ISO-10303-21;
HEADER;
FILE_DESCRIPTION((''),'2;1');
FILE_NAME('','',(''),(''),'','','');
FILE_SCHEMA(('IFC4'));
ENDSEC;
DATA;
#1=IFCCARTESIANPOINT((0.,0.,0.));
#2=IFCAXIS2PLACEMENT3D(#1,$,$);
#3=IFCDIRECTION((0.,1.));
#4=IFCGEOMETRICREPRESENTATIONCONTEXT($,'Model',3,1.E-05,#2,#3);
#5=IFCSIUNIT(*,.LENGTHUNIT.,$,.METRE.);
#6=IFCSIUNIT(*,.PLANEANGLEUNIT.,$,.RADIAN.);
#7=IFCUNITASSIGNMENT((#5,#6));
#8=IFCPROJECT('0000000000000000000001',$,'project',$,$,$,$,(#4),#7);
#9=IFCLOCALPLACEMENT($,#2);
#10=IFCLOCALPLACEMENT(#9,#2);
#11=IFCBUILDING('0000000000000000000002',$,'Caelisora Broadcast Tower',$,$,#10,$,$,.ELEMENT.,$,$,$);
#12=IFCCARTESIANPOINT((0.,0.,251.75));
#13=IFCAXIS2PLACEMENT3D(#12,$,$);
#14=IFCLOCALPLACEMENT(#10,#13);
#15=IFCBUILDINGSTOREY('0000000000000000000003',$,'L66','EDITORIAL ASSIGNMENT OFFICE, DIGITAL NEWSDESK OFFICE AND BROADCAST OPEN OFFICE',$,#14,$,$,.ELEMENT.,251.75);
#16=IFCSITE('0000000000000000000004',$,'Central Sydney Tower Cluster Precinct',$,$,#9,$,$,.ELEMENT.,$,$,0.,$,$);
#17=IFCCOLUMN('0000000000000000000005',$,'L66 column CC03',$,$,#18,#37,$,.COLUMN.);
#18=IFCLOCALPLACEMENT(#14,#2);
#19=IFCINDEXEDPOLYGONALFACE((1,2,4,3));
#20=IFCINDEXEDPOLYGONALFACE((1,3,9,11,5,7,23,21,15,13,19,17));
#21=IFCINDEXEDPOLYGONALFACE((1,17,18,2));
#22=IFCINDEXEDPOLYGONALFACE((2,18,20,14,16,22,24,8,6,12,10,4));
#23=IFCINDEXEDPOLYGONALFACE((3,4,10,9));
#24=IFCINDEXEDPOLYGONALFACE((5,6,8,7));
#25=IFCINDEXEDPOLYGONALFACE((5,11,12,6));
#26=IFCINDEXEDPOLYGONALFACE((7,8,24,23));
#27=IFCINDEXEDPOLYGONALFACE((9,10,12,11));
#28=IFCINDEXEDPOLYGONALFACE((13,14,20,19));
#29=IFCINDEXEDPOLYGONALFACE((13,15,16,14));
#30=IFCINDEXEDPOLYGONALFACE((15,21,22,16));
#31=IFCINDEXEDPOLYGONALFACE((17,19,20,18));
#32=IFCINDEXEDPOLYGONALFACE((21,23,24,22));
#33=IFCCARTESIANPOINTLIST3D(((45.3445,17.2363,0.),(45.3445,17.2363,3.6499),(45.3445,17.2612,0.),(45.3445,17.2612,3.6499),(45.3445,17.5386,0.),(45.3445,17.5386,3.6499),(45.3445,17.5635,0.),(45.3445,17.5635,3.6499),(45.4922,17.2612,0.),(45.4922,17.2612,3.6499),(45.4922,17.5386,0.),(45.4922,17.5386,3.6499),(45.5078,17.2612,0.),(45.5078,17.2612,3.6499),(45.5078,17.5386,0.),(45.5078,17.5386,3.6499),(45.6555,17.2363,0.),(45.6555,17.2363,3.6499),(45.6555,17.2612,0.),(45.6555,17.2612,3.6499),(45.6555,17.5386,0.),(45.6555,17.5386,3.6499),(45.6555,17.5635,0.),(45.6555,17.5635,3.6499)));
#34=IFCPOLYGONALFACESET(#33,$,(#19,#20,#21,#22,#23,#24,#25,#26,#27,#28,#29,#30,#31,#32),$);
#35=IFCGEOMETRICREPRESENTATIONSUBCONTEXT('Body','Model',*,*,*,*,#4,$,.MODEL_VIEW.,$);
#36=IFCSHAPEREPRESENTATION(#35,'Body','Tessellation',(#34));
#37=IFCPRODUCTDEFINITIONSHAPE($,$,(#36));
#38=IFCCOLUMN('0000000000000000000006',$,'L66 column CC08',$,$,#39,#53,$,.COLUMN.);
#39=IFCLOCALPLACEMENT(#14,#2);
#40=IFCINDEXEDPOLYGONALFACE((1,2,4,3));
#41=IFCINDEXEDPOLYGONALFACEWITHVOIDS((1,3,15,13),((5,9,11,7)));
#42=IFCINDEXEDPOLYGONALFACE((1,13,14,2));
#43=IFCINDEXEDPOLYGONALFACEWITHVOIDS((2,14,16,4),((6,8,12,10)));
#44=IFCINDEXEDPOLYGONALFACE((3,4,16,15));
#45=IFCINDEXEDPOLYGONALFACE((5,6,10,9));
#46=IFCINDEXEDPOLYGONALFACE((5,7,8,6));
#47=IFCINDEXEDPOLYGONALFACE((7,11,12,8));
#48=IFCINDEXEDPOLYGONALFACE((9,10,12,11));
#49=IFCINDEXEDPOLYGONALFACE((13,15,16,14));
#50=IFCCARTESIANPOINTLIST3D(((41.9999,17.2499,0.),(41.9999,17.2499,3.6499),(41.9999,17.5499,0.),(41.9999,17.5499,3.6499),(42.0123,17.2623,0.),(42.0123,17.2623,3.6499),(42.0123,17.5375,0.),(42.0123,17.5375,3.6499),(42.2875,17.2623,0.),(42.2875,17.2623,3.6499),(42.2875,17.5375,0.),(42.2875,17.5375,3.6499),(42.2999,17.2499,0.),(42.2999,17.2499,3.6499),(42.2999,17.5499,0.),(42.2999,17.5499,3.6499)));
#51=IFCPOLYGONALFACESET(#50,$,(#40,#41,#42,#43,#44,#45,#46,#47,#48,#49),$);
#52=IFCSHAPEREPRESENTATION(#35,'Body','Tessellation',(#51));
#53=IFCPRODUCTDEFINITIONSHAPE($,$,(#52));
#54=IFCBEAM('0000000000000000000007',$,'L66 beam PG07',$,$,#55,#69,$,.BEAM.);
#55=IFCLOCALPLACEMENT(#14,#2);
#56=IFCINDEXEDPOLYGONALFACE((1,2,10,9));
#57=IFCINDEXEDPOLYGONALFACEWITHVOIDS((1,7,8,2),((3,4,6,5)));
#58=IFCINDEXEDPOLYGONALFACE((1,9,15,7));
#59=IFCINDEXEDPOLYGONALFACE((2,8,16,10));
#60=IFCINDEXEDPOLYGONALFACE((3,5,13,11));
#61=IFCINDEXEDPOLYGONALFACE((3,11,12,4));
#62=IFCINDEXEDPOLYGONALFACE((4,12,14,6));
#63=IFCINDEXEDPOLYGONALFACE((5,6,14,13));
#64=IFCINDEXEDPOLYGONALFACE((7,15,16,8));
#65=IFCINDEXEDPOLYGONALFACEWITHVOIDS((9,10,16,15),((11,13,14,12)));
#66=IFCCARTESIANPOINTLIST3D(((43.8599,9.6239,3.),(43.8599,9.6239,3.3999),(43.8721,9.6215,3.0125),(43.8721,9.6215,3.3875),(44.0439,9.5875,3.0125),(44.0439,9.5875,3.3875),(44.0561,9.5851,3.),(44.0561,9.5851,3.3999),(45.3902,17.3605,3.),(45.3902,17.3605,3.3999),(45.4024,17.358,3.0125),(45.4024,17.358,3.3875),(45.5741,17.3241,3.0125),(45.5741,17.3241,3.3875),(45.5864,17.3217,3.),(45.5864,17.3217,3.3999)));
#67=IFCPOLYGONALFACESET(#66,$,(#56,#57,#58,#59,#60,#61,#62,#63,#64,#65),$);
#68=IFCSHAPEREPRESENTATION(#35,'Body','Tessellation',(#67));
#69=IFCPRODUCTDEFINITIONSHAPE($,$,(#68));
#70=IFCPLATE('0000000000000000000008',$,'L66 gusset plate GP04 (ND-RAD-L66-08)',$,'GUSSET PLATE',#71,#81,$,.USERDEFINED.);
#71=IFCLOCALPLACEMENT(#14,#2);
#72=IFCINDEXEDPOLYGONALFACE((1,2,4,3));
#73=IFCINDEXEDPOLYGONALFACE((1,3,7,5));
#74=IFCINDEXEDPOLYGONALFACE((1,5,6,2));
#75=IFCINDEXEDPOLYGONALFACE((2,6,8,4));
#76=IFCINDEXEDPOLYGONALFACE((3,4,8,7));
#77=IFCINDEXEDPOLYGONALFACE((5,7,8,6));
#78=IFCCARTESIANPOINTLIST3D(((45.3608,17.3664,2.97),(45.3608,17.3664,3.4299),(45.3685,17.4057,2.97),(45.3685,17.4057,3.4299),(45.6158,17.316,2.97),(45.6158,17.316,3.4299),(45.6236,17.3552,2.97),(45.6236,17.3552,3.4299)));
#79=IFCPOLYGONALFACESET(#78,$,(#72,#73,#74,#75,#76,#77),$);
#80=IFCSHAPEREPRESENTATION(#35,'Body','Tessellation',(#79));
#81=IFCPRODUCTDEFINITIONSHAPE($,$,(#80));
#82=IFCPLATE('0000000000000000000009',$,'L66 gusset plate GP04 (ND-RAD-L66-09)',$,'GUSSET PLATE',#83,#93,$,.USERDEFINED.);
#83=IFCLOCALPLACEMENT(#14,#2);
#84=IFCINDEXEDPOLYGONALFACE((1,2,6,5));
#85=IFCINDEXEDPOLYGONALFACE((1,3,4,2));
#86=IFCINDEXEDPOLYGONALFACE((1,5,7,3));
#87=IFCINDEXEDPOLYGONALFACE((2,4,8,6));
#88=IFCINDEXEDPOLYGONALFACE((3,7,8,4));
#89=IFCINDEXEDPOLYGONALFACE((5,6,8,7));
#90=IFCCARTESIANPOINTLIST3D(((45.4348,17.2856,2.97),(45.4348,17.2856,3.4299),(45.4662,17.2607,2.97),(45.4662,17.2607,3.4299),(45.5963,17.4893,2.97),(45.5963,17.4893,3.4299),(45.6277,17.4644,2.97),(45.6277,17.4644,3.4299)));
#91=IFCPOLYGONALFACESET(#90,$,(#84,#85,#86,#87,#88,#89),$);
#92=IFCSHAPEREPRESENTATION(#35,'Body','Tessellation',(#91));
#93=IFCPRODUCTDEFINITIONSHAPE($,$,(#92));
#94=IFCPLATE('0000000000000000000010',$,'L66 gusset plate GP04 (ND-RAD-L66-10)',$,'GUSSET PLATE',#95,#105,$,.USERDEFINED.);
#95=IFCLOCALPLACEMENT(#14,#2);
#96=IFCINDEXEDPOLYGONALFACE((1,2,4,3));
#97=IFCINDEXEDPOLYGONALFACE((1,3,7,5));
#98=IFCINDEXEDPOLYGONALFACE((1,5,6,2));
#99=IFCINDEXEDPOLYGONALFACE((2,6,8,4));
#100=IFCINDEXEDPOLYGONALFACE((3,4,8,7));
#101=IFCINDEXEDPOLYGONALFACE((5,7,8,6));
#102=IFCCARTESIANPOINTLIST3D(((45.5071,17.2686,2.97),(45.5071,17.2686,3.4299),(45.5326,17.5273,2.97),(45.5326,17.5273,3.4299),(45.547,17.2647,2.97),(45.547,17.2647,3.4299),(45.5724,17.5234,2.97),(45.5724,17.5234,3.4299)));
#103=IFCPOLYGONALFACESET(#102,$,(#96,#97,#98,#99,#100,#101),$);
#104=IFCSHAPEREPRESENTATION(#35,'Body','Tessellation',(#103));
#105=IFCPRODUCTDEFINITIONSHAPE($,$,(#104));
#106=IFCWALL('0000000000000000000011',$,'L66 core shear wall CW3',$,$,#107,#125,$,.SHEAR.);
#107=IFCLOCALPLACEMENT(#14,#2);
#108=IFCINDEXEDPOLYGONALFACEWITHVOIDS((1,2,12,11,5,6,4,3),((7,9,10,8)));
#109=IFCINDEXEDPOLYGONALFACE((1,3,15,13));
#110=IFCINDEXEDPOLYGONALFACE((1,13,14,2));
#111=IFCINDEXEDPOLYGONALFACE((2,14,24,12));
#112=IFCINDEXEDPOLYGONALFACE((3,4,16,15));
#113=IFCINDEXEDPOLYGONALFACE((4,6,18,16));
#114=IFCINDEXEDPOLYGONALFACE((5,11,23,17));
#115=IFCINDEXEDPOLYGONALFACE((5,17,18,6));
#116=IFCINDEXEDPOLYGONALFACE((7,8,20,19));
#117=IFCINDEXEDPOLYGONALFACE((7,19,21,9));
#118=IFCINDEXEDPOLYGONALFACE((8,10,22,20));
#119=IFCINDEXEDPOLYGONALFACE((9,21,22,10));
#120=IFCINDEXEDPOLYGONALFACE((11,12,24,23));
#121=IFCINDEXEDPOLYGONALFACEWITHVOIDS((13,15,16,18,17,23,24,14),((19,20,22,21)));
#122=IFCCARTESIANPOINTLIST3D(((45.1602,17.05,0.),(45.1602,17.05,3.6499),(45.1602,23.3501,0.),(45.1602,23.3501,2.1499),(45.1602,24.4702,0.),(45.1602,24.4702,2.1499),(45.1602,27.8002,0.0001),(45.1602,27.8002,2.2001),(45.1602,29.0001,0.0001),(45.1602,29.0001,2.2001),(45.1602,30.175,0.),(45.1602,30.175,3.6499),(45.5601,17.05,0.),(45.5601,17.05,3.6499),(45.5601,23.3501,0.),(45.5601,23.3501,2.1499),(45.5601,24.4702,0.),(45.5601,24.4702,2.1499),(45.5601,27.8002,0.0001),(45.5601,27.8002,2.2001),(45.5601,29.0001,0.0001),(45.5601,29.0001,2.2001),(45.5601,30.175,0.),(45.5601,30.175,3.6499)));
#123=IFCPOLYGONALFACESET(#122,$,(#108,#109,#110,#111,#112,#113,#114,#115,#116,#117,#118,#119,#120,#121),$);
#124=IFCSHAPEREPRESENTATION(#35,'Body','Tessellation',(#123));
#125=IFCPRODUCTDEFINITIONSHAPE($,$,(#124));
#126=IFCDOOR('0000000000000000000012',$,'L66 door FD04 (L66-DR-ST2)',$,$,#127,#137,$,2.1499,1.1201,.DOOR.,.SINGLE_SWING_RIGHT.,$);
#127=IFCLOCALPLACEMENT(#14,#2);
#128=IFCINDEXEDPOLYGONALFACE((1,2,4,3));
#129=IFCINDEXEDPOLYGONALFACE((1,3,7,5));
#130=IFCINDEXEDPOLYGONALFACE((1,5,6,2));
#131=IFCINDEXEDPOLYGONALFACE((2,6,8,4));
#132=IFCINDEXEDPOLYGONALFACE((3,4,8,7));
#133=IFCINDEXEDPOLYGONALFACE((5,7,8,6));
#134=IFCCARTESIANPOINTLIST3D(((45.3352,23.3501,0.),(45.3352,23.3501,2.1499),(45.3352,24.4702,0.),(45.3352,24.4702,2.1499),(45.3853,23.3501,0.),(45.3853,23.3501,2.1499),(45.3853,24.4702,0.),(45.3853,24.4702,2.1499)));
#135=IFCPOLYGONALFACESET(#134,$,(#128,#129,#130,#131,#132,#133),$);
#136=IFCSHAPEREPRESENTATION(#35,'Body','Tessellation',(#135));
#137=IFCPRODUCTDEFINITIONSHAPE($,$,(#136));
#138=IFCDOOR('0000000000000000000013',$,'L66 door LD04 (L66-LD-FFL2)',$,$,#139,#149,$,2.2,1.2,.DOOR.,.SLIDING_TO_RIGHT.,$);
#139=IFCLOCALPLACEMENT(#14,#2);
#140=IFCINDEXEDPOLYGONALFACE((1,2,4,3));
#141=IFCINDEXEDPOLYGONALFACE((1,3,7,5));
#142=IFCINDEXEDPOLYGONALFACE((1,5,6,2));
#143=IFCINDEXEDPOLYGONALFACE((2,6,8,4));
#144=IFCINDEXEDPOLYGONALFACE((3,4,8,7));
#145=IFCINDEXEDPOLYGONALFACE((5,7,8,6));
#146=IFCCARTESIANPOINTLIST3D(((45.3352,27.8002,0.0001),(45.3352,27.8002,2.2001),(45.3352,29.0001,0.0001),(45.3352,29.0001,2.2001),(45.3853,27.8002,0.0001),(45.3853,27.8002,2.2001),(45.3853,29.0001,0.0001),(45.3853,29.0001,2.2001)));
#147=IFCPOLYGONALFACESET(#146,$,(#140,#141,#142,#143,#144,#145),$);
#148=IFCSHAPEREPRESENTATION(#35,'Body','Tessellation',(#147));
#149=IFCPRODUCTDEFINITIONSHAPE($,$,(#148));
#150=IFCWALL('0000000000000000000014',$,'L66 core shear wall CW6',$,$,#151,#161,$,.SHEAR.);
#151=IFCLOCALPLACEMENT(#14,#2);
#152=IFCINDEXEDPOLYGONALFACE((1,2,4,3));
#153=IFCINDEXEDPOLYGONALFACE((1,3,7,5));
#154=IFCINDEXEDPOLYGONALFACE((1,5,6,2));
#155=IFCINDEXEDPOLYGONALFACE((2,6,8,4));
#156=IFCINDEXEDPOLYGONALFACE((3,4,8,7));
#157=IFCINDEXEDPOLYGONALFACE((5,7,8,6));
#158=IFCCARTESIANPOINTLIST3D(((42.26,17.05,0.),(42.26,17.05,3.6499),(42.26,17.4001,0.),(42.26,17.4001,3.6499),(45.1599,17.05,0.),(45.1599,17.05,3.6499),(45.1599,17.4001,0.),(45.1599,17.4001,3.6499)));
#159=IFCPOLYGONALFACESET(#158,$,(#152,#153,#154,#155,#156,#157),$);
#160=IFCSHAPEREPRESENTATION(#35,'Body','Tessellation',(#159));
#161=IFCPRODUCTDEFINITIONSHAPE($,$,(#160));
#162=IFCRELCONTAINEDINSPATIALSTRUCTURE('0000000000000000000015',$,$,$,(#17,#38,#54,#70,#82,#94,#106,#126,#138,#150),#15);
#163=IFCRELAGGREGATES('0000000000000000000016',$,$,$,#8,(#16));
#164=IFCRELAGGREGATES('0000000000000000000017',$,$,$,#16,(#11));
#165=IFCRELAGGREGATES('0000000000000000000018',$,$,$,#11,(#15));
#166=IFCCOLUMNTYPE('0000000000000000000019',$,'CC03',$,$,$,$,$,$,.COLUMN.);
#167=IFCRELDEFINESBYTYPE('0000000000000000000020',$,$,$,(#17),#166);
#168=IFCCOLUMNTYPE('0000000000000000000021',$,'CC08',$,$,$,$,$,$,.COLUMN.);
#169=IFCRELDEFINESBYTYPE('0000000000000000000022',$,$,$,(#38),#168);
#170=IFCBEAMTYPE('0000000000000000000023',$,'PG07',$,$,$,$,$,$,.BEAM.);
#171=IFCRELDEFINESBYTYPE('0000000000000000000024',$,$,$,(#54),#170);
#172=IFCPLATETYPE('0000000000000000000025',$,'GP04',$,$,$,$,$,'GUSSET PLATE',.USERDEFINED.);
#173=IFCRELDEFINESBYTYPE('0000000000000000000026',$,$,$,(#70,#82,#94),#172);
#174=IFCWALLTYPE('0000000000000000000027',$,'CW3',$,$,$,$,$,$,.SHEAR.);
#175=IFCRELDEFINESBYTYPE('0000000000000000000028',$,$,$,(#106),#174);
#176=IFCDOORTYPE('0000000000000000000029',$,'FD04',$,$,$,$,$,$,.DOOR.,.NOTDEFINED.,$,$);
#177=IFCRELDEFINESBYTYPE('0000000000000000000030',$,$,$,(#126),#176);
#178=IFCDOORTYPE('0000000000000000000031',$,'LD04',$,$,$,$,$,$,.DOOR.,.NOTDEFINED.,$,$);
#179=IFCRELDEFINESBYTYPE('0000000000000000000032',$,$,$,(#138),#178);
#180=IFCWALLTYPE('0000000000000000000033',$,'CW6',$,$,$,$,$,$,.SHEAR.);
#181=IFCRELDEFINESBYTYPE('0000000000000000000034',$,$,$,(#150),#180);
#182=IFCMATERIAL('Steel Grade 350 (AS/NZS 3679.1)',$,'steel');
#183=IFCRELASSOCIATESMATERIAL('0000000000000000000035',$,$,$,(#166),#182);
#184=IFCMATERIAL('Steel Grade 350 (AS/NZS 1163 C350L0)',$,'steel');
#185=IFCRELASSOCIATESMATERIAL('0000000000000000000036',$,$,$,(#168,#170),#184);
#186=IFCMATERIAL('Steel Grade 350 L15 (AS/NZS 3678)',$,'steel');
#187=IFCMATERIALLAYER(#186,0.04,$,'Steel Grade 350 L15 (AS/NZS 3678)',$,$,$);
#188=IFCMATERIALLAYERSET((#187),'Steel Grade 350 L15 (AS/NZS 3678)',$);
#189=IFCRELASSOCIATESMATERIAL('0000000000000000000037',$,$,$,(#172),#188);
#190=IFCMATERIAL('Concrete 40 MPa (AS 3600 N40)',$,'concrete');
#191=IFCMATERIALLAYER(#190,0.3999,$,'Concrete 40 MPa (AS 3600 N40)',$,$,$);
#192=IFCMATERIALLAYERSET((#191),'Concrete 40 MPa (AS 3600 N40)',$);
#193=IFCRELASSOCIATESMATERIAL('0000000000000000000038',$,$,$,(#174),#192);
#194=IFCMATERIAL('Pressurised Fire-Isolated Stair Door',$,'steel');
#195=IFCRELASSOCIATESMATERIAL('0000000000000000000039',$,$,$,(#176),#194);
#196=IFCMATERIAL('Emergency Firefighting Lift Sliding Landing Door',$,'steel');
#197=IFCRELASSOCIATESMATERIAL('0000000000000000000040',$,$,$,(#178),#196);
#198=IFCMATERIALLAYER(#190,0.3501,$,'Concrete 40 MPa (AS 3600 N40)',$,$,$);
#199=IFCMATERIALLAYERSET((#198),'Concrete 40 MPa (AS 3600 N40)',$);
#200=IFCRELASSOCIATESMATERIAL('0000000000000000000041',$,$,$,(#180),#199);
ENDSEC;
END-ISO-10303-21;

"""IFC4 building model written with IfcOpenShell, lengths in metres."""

from ifc_helpers import new_model, si_unit, direction, frame, frame_2d, origin, origin_2d, place, context, subcontext, project, spatial, rectangle, hollow_rectangle, i_section, extrude, source, transform, mapped, material, layer, layer_set, material_profile, profile_set, type_object, type_shapes, element, fill, save


model = new_model("IFC4")

# Units and contexts
model_context = context("Model", 3, precision=1e-05, world=origin(), true_north=direction((0.0, 1.0)))
body_context = subcontext(model_context, "Body", "Model", "MODEL_VIEW")
ifc_project = project(units=[si_unit("LENGTHUNIT", "METRE"), si_unit("PLANEANGLEUNIT", "RADIAN")], contexts=[model_context])

# Site, building, storey
site_placement = place(None, origin())
site = spatial("IfcSite", under=ifc_project, at=site_placement, Name="Central Sydney Tower Cluster Precinct", CompositionType="ELEMENT", RefElevation=0.0)
building_placement = place(site_placement, origin())
building = spatial("IfcBuilding", under=site, at=building_placement, Name="Caelisora Broadcast Tower", CompositionType="ELEMENT")
storey_placement = place(building_placement, frame((0.0, 0.0, 251.75)))
storey = spatial("IfcBuildingStorey", under=building, at=storey_placement, Name="L66", Description="EDITORIAL ASSIGNMENT OFFICE, DIGITAL NEWSDESK OFFICE AND BROADCAST OPEN OFFICE", CompositionType="ELEMENT", Elevation=251.75)

# Columns
ifc_material_1 = material(Name="Steel Grade 350 (AS/NZS 3679.1)", Category="steel")
ifc_material_profile_1 = material_profile(ifc_material_1, i_section(OverallWidth=0.311, OverallDepth=0.3271, WebThickness=0.0156, FlangeThickness=0.0249, at=origin_2d()), Name="Steel Grade 350 (AS/NZS 3679.1)")
ifc_profile_set_1 = profile_set([ifc_material_profile_1], Name="Steel Grade 350 (AS/NZS 3679.1)")
column_type_1 = type_object("IfcColumnType", Name="CC03", PredefinedType="COLUMN", material=ifc_profile_set_1)
shared_shape_1 = source(origin(), body_context, "Body", "SweptSolid", [
    extrude(i_section(OverallWidth=0.311, OverallDepth=0.3271, WebThickness=0.0156, FlangeThickness=0.0249, at=origin_2d()), origin(), (0.0, 0.0, 1.0), 3.6499),
])
type_shapes(column_type_1, [shared_shape_1])
column_1_placement = place(storey_placement, frame((45.5, 17.3999, 0.0), z_axis=(0.0, 0.0, 1.0), x_axis=(1.0, 0.0, 0.0)))
element("IfcColumn", 1, at=column_1_placement, inside=storey, type_object=column_type_1, Name="L66 column CC03", PredefinedType="COLUMN", context=body_context, shape_type="MappedRepresentation", body=[
    mapped(shared_shape_1, transform((0.0, 0.0, 0.0), scale=1.0)),
])
ifc_material_2 = material(Name="Steel Grade 350 (AS/NZS 1163 C350L0)", Category="steel")
ifc_material_profile_2 = material_profile(ifc_material_2, hollow_rectangle(XDim=0.3, YDim=0.3, WallThickness=0.0125, at=origin_2d()), Name="Steel Grade 350 (AS/NZS 1163 C350L0)")
ifc_profile_set_2 = profile_set([ifc_material_profile_2], Name="Steel Grade 350 (AS/NZS 1163 C350L0)")
column_type_2 = type_object("IfcColumnType", Name="CC08", PredefinedType="COLUMN", material=ifc_profile_set_2)
shared_shape_2 = source(origin(), body_context, "Body", "SweptSolid", [
    extrude(hollow_rectangle(XDim=0.3, YDim=0.3, WallThickness=0.0125, at=origin_2d()), origin(), (0.0, 0.0, 1.0), 3.6499),
])
type_shapes(column_type_2, [shared_shape_2])
column_2_placement = place(storey_placement, frame((42.1499, 17.3999, 0.0), z_axis=(0.0, 0.0, 1.0), x_axis=(1.0, 0.0, 0.0)))
element("IfcColumn", 2, at=column_2_placement, inside=storey, type_object=column_type_2, Name="L66 column CC08", PredefinedType="COLUMN", context=body_context, shape_type="MappedRepresentation", body=[
    mapped(shared_shape_2, transform((0.0, 0.0, 0.0), scale=1.0)),
])

# Beam
ifc_material_profile_3 = material_profile(ifc_material_2, hollow_rectangle(XDim=0.2, YDim=0.3999, WallThickness=0.0125, at=origin_2d()), Name="Steel Grade 350 (AS/NZS 1163 C350L0)")
ifc_profile_set_3 = profile_set([ifc_material_profile_3], Name="Steel Grade 350 (AS/NZS 1163 C350L0)")
beam_type = type_object("IfcBeamType", Name="PG07", PredefinedType="BEAM", material=ifc_profile_set_3)
shared_shape_3 = source(origin(), body_context, "Body", "SweptSolid", [
    extrude(hollow_rectangle(XDim=0.2, YDim=0.3999, WallThickness=0.0125, at=origin_2d()), origin(), (0.0, 0.0, 1.0), 7.8865),
])
type_shapes(beam_type, [shared_shape_3])
beam_placement = place(storey_placement, frame((45.4883, 17.3411, 3.2), z_axis=(-0.194038, -0.980994, 0.0), x_axis=(0.980994, -0.194038, 0.0)))
element("IfcBeam", 3, at=beam_placement, inside=storey, type_object=beam_type, Name="L66 beam PG07", PredefinedType="BEAM", context=body_context, shape_type="MappedRepresentation", body=[
    mapped(shared_shape_3, transform((0.0, 0.0, 0.0), scale=1.0)),
])

# Plates
ifc_material_3 = material(Name="Steel Grade 350 L15 (AS/NZS 3678)", Category="steel")
ifc_layer_1 = layer(ifc_material_3, 0.04, Name="Steel Grade 350 L15 (AS/NZS 3678)")
ifc_layer_set_1 = layer_set([ifc_layer_1], Name="Steel Grade 350 L15 (AS/NZS 3678)")
plate_type = type_object("IfcPlateType", Name="GP04", ElementType="GUSSET PLATE", PredefinedType="USERDEFINED", material=ifc_layer_set_1)
shared_shape_4 = source(origin(), body_context, "Body", "SweptSolid", [
    extrude(rectangle(XDim=0.26, YDim=0.04, at=origin_2d()), origin(), (0.0, 0.0, 1.0), 0.46),
])
type_shapes(plate_type, [shared_shape_4])
for number, where, z_axis, x_axis, name in (
    (4, (45.4922, 17.3608, 2.97), (0.0, 0.0, 1.0), (0.980989, -0.194063, 0.0), "L66 gusset plate GP04 (ND-RAD-L66-08)"),
    (5, (45.5312, 17.375, 2.97), (0.0, 0.0, 1.0), (0.621285, 0.783585, 0.0), "L66 gusset plate GP04 (ND-RAD-L66-09)"),
    (6, (45.5398, 17.396, 2.97), (0.0, 0.0, 1.0), (0.09793, 0.995193, 0.0), "L66 gusset plate GP04 (ND-RAD-L66-10)"),
):
    element("IfcPlate", number, at=place(storey_placement, frame(where, z_axis=z_axis, x_axis=x_axis)), inside=storey, type_object=plate_type, Name=name, ObjectType="GUSSET PLATE", PredefinedType="USERDEFINED", context=body_context, shape_type="MappedRepresentation", body=[
        mapped(shared_shape_4, transform((0.0, 0.0, 0.0), scale=1.0)),
    ])

# Wall, openings, doors
ifc_material_4 = material(Name="Concrete 40 MPa (AS 3600 N40)", Category="concrete")
ifc_layer_2 = layer(ifc_material_4, 0.3999, Name="Concrete 40 MPa (AS 3600 N40)")
ifc_layer_set_2 = layer_set([ifc_layer_2], Name="Concrete 40 MPa (AS 3600 N40)")
wall_type_1 = type_object("IfcWallType", Name="CW3", PredefinedType="SHEAR", material=ifc_layer_set_2)
wall_1_placement = place(storey_placement, frame((45.3601, 17.05, 0.0), z_axis=(0.0, 0.0, 1.0), x_axis=(0.0, 1.0, 0.0)))
wall_1 = element("IfcWall", 7, at=wall_1_placement, inside=storey, type_object=wall_type_1, Name="L66 core shear wall CW3", PredefinedType="SHEAR", context=body_context, shape_type="SweptSolid", body=[
    extrude(rectangle(XDim=13.125, YDim=0.3999, at=frame_2d((6.5625, 0.0))), origin(), (0.0, 0.0, 1.0), 3.6499),
])
opening_1_placement = place(wall_1_placement, frame((6.3, 0.0, 0.0)))
opening_1 = element("IfcOpeningElement", 8, at=opening_1_placement, cuts=wall_1, PredefinedType="OPENING", context=body_context, shape_type="SweptSolid", body=[
    extrude(rectangle(XDim=1.1201, YDim=2.1499, at=frame_2d((0.5601, 1.075))), frame((0.0, 0.2119, 0.0), z_axis=(0.0, -1.0, 0.0), x_axis=(1.0, 0.0, 0.0)), (0.0, 0.0, 1.0), 0.4238),
])
opening_2_placement = place(wall_1_placement, frame((10.75, 0.0, 0.0)))
opening_2 = element("IfcOpeningElement", 9, at=opening_2_placement, cuts=wall_1, PredefinedType="OPENING", context=body_context, shape_type="SweptSolid", body=[
    extrude(rectangle(XDim=1.2, YDim=2.2, at=frame_2d((0.6001, 1.1001))), frame((0.0, 0.2119, 0.0), z_axis=(0.0, -1.0, 0.0), x_axis=(1.0, 0.0, 0.0)), (0.0, 0.0, 1.0), 0.4238),
])
ifc_material_5 = material(Name="Pressurised Fire-Isolated Stair Door", Category="steel")
door_type_1 = type_object("IfcDoorType", Name="FD04", OperationType="NOTDEFINED", PredefinedType="DOOR", material=ifc_material_5)
door_1_placement = place(opening_1_placement, origin())
door_1 = element("IfcDoor", 10, at=door_1_placement, inside=storey, type_object=door_type_1, Name="L66 door FD04 (L66-DR-ST2)", OperationType="SINGLE_SWING_RIGHT", OverallHeight=2.1499, OverallWidth=1.1201, PredefinedType="DOOR", context=body_context, shape_type="SweptSolid", body=[
    extrude(rectangle(XDim=1.1201, YDim=2.1499, at=frame_2d((0.5601, 1.075))), frame((0.0, 0.0249, 0.0), z_axis=(0.0, -1.0, 0.0), x_axis=(1.0, 0.0, 0.0)), (0.0, 0.0, 1.0), 0.05),
])
fill(opening_1, door_1)
ifc_material_6 = material(Name="Emergency Firefighting Lift Sliding Landing Door", Category="steel")
door_type_2 = type_object("IfcDoorType", Name="LD04", OperationType="NOTDEFINED", PredefinedType="DOOR", material=ifc_material_6)
door_2_placement = place(opening_2_placement, origin())
door_2 = element("IfcDoor", 11, at=door_2_placement, inside=storey, type_object=door_type_2, Name="L66 door LD04 (L66-LD-FFL2)", OperationType="SLIDING_TO_RIGHT", OverallHeight=2.2, OverallWidth=1.2, PredefinedType="DOOR", context=body_context, shape_type="SweptSolid", body=[
    extrude(rectangle(XDim=1.2, YDim=2.2, at=frame_2d((0.6001, 1.1001))), frame((0.0, 0.0249, 0.0), z_axis=(0.0, -1.0, 0.0), x_axis=(1.0, 0.0, 0.0)), (0.0, 0.0, 1.0), 0.05),
])
fill(opening_2, door_2)

# Wall
ifc_layer_3 = layer(ifc_material_4, 0.3501, Name="Concrete 40 MPa (AS 3600 N40)")
ifc_layer_set_3 = layer_set([ifc_layer_3], Name="Concrete 40 MPa (AS 3600 N40)")
wall_type_2 = type_object("IfcWallType", Name="CW6", PredefinedType="SHEAR", material=ifc_layer_set_3)
wall_2_placement = place(storey_placement, frame((42.26, 17.2251, 0.0), z_axis=(0.0, 0.0, 1.0), x_axis=(1.0, 0.0, 0.0)))
element("IfcWall", 12, at=wall_2_placement, inside=storey, type_object=wall_type_2, Name="L66 core shear wall CW6", PredefinedType="SHEAR", context=body_context, shape_type="SweptSolid", body=[
    extrude(rectangle(XDim=2.8999, YDim=0.3501, at=frame_2d((1.45, 0.0))), origin(), (0.0, 0.0, 1.0), 3.6499),
])

save(model, "model.ifc")
